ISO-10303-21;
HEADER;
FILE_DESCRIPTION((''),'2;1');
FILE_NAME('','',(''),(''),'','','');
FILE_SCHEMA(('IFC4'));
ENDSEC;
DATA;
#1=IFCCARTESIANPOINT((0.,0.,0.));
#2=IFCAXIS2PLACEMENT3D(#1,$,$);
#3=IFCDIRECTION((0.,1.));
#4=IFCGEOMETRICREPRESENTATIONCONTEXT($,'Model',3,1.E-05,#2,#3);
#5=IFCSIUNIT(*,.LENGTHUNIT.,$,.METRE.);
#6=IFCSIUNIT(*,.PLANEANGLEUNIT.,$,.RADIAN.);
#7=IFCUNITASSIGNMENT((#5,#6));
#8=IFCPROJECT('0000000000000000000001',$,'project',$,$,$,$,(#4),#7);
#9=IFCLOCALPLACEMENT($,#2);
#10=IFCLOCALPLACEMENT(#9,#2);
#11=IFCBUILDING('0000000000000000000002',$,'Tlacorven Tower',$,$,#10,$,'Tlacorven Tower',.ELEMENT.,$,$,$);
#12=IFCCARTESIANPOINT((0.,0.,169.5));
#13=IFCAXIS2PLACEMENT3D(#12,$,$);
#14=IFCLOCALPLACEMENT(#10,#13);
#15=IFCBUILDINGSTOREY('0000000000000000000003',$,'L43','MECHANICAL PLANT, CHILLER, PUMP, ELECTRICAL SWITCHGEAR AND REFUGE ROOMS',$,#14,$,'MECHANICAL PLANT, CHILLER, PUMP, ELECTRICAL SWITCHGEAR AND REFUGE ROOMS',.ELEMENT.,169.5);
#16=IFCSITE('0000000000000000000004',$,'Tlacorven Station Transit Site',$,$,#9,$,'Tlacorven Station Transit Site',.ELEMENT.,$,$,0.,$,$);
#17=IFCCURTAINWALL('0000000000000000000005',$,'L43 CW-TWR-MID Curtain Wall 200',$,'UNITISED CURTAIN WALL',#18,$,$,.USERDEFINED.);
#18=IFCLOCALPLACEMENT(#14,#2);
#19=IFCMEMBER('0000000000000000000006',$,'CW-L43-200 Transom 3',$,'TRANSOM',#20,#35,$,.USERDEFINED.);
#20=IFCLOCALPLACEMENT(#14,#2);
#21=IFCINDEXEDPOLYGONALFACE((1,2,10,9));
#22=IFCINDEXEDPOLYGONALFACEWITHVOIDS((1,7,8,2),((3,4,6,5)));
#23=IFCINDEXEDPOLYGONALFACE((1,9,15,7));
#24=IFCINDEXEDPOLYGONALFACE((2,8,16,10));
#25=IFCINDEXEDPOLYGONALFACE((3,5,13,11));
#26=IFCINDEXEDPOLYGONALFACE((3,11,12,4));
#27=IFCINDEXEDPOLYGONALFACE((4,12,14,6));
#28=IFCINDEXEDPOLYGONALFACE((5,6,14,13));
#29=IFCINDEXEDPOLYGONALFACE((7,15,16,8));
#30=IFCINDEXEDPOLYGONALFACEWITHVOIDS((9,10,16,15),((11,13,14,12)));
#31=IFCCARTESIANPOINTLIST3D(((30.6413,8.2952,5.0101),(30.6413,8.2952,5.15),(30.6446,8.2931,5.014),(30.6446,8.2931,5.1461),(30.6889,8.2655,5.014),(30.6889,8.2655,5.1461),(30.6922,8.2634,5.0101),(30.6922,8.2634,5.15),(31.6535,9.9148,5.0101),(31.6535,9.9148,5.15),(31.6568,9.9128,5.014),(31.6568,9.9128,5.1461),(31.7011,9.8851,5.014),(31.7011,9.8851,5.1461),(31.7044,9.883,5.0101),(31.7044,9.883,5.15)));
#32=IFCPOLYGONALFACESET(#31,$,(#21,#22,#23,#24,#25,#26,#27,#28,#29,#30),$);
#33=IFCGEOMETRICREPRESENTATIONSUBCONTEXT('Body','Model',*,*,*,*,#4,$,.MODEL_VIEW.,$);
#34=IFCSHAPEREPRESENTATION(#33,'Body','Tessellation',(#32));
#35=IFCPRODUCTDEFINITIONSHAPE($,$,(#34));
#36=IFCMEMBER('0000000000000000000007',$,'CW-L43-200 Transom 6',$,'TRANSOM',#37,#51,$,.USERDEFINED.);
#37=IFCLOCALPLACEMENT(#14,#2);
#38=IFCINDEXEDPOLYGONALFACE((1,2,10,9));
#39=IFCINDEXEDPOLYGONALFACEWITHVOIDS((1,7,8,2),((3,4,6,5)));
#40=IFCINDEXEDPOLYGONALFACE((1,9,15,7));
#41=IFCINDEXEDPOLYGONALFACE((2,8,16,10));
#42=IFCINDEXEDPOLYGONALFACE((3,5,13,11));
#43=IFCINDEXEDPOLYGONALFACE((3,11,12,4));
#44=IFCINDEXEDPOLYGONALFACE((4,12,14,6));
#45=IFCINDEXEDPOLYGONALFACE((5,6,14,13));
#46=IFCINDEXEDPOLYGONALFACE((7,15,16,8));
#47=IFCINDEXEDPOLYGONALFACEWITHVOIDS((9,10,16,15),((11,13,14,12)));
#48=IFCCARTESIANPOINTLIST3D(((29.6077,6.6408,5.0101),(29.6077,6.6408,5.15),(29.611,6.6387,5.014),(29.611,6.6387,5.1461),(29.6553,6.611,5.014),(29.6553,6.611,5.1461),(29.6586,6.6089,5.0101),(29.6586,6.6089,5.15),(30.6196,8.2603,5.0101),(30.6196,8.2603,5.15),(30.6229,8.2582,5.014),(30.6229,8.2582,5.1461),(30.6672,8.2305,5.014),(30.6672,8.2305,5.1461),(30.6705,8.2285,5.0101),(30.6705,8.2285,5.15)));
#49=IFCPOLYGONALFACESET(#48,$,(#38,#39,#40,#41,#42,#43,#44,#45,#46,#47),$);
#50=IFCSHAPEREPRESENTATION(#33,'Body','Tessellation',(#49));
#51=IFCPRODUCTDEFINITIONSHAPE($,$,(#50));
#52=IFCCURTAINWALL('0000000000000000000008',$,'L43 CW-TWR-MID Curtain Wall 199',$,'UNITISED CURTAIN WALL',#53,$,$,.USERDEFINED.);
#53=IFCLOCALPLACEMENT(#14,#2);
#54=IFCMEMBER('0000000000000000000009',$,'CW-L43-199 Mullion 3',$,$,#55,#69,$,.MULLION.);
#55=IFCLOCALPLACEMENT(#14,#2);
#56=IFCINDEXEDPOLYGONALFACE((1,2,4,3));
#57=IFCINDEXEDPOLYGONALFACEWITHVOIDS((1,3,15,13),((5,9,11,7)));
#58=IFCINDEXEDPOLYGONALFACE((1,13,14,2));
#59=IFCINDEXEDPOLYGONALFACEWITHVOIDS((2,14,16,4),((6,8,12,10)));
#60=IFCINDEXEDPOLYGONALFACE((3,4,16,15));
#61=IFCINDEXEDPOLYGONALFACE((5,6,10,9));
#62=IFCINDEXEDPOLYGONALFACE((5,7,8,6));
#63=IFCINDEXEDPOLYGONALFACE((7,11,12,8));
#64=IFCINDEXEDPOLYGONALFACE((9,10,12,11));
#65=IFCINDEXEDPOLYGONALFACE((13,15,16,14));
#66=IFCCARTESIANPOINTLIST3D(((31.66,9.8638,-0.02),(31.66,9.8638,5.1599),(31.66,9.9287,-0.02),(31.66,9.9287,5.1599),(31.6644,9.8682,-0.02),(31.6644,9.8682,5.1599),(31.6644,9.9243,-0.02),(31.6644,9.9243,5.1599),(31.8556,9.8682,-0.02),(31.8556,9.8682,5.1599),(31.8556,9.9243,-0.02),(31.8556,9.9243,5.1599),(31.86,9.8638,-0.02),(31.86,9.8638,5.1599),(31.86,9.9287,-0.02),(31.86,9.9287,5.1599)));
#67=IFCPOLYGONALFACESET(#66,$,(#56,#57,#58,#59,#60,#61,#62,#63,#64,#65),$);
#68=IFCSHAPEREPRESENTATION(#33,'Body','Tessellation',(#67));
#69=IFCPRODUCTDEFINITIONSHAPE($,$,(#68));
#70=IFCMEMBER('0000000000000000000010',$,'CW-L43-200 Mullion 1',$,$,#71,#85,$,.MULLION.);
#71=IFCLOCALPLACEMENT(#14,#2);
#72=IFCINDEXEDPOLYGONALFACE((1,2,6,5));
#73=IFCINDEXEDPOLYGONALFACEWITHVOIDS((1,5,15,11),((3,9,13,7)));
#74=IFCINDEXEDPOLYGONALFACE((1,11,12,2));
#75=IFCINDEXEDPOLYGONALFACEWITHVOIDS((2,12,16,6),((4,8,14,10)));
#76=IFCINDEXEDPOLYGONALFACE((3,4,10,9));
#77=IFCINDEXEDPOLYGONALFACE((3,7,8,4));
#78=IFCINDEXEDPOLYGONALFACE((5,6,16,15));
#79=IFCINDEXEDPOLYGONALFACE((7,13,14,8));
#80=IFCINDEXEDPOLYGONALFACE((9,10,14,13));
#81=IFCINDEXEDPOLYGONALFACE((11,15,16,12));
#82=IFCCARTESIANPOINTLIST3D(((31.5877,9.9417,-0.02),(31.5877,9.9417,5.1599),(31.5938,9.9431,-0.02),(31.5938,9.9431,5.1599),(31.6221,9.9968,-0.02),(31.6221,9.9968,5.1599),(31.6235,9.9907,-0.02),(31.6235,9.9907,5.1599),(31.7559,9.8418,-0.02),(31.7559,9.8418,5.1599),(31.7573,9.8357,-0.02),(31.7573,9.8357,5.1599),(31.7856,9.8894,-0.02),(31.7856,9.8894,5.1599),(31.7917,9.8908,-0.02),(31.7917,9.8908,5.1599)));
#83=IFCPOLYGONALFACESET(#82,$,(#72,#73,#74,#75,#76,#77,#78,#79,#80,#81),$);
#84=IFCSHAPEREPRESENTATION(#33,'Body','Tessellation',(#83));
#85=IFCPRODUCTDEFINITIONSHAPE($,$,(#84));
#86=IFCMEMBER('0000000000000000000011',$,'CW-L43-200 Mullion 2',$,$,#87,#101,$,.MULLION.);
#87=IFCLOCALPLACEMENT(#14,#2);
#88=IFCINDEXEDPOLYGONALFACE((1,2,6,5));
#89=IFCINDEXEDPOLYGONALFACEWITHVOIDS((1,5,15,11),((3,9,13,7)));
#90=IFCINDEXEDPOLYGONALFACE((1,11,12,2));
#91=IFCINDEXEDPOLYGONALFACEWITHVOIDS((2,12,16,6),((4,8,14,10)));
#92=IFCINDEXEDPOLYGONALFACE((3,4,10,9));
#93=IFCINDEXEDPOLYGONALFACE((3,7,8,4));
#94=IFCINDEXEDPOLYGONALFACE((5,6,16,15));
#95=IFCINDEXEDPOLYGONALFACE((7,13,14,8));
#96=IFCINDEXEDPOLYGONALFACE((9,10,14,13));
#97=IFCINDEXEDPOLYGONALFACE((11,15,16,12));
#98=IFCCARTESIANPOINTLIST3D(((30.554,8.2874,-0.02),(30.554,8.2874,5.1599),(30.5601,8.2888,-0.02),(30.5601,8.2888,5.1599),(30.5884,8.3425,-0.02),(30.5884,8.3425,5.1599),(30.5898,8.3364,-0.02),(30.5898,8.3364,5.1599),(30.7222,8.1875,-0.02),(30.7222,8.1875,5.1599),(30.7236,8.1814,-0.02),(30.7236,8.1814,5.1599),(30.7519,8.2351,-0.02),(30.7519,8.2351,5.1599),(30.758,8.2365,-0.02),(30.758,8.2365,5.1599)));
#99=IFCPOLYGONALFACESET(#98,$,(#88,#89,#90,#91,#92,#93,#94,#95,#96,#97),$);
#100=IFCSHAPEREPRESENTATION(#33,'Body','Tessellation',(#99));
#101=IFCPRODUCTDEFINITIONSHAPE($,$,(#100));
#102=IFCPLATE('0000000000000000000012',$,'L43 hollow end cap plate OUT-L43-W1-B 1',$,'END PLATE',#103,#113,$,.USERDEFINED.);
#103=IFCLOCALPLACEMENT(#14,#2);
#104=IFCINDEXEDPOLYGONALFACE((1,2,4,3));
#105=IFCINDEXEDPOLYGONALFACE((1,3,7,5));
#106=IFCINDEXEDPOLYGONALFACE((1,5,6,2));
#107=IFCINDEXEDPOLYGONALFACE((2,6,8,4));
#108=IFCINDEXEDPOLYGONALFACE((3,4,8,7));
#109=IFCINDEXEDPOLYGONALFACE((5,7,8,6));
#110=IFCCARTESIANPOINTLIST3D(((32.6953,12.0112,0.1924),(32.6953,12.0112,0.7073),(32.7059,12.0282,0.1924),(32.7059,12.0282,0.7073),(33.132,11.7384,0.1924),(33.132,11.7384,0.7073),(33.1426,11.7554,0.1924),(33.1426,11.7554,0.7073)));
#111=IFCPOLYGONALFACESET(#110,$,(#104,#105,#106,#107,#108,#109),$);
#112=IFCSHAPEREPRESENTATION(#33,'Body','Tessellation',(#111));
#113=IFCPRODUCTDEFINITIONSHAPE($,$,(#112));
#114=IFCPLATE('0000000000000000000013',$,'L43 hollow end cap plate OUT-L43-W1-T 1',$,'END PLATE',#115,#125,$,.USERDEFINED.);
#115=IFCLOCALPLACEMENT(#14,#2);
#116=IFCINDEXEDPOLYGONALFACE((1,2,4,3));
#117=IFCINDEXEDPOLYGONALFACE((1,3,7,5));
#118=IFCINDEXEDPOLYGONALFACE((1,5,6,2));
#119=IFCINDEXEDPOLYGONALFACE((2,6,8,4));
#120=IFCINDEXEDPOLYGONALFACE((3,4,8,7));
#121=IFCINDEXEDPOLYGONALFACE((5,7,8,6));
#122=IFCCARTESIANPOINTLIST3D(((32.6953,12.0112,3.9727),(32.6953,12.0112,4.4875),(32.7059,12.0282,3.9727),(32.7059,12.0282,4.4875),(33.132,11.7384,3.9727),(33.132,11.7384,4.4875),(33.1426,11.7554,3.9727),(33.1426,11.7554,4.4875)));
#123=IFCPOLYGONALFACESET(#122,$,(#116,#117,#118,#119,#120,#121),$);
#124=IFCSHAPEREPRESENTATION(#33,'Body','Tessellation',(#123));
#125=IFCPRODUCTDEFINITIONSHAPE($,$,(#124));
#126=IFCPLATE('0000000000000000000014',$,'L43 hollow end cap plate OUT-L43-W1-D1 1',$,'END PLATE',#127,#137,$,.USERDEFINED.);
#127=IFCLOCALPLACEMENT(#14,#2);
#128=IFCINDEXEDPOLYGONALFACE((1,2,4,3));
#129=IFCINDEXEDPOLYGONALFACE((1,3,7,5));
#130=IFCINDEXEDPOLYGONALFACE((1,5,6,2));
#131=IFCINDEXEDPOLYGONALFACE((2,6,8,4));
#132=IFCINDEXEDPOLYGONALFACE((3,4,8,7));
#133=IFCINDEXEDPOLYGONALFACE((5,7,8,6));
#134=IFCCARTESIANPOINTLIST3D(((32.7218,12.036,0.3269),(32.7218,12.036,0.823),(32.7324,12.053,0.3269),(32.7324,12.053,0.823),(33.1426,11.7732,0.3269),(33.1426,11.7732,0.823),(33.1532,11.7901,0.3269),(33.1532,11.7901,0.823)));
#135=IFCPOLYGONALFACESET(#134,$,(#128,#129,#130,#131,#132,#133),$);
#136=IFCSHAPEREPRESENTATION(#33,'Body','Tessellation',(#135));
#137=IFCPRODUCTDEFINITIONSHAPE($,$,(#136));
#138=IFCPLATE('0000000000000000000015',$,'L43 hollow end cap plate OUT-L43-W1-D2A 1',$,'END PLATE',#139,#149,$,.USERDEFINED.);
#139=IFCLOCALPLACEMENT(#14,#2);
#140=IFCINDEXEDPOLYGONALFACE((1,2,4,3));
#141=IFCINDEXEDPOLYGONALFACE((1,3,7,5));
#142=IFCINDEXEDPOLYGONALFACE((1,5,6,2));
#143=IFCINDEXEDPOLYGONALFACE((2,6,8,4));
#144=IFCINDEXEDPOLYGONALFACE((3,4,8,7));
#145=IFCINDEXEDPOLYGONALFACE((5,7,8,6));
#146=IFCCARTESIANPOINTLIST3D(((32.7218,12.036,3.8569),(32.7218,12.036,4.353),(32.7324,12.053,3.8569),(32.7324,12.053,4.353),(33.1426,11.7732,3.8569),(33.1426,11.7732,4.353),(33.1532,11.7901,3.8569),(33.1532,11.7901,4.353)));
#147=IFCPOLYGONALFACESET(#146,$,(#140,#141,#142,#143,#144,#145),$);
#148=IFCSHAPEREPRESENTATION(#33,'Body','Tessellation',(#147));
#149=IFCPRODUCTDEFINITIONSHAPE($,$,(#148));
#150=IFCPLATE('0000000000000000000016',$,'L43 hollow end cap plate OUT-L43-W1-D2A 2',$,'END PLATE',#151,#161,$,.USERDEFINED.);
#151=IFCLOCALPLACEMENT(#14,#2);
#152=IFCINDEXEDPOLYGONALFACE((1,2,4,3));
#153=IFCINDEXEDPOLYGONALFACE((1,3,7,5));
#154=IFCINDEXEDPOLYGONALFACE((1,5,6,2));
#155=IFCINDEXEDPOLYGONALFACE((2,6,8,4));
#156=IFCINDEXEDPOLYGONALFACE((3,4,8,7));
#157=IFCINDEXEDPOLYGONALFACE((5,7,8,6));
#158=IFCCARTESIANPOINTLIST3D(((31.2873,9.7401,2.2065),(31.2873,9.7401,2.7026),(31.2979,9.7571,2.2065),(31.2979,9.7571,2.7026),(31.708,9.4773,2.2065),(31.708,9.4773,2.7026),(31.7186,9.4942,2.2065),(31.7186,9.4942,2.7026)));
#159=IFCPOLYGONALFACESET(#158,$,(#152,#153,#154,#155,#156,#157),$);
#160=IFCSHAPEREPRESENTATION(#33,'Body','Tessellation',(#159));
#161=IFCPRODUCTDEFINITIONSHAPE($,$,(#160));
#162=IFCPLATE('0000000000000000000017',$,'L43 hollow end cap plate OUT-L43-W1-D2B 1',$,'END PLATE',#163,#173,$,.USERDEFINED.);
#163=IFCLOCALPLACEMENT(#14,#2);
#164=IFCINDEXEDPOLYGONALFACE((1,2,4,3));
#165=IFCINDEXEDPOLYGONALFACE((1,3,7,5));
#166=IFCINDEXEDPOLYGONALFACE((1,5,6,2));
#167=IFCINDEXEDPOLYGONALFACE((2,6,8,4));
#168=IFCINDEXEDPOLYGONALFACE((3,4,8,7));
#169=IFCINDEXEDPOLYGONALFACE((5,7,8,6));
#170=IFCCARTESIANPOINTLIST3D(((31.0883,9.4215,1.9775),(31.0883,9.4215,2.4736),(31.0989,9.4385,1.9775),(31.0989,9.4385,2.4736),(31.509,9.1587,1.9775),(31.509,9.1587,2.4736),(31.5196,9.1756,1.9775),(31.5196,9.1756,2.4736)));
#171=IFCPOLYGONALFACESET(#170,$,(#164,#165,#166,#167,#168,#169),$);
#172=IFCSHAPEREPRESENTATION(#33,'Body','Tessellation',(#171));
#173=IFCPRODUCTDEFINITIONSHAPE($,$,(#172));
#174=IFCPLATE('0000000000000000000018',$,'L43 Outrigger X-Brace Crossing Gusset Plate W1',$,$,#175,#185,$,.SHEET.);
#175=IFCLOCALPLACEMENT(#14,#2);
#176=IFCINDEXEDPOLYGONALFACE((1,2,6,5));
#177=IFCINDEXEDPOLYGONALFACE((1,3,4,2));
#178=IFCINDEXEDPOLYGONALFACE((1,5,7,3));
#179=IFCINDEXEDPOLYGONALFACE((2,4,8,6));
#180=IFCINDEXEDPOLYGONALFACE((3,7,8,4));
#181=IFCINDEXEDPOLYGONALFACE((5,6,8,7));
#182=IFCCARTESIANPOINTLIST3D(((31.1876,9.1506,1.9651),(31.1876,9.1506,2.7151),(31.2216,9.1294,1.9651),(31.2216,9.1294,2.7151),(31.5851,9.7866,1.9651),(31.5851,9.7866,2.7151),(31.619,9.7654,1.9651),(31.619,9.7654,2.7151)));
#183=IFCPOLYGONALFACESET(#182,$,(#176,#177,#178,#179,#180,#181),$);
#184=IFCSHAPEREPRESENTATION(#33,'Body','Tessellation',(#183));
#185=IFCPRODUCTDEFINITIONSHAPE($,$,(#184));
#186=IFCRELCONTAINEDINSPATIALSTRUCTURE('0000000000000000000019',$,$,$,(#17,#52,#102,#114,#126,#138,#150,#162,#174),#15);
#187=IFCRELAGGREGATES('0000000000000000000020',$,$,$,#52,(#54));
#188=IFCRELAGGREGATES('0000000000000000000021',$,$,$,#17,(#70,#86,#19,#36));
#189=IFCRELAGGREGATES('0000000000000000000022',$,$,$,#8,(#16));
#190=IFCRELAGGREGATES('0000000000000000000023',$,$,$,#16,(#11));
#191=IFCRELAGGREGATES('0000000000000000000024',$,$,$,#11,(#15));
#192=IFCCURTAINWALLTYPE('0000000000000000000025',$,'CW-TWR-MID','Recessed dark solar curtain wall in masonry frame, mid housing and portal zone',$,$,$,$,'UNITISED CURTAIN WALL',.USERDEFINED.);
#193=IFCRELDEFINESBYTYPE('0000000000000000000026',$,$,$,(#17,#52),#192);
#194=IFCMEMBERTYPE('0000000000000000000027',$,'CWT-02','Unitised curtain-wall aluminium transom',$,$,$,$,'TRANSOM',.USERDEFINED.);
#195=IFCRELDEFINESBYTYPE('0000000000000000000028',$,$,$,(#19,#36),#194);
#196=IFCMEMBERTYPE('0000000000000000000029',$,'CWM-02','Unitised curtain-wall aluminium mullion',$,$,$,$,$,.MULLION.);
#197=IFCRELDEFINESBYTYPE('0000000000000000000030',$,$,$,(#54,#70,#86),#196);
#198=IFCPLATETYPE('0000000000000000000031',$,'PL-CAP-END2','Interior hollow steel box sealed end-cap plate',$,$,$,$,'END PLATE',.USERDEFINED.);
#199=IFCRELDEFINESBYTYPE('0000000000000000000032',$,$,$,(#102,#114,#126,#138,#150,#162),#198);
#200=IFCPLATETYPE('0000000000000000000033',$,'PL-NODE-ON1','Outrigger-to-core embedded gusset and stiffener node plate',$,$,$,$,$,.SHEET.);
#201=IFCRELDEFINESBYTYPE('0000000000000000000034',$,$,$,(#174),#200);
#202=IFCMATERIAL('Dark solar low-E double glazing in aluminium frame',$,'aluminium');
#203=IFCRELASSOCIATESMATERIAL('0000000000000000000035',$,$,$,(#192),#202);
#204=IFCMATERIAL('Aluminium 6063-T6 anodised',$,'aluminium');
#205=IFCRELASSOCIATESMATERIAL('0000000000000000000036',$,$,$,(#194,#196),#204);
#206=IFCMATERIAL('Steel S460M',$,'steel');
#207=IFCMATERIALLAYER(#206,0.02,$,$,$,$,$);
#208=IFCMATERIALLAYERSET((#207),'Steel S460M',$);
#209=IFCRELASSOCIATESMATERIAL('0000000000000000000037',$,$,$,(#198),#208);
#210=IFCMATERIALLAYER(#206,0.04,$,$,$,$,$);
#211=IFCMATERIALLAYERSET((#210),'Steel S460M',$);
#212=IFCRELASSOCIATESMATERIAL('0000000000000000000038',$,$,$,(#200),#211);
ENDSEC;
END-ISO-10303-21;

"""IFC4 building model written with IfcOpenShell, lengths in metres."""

from ifc_helpers import new_model, si_unit, direction, frame, origin, origin_2d, place, context, subcontext, project, spatial, rectangle, hollow_rectangle, extrude, source, transform, mapped, material, layer, layer_set, material_profile, profile_set, type_object, element, aggregate, save


model = new_model("IFC4")

# Units and contexts
model_context = context("Model", 3, precision=1e-05, world=origin(), true_north=direction((0.0, 1.0)))
body_context = subcontext(model_context, "Body", "Model", "MODEL_VIEW")
ifc_project = project(units=[si_unit("LENGTHUNIT", "METRE"), si_unit("PLANEANGLEUNIT", "RADIAN")], contexts=[model_context])

# Site, building, storey
site_placement = place(None, origin())
site = spatial("IfcSite", under=ifc_project, at=site_placement, Name="Tlacorven Station Transit Site", LongName="Tlacorven Station Transit Site", CompositionType="ELEMENT", RefElevation=0.0)
building_placement = place(site_placement, origin())
building = spatial("IfcBuilding", under=site, at=building_placement, Name="Tlacorven Tower", LongName="Tlacorven Tower", CompositionType="ELEMENT")
storey_placement = place(building_placement, frame((0.0, 0.0, 169.5)))
storey = spatial("IfcBuildingStorey", under=building, at=storey_placement, Name="L43", Description="MECHANICAL PLANT, CHILLER, PUMP, ELECTRICAL SWITCHGEAR AND REFUGE ROOMS", LongName="MECHANICAL PLANT, CHILLER, PUMP, ELECTRICAL SWITCHGEAR AND REFUGE ROOMS", CompositionType="ELEMENT", Elevation=169.5)

# Shared definitions
ifc_material_1 = material(Name="Steel S460M", Category="steel")

# Curtain wall, members
ifc_material_2 = material(Name="Dark solar low-E double glazing in aluminium frame", Category="aluminium")
curtain_wall_type = type_object("IfcCurtainWallType", Name="CW-TWR-MID", Description="Recessed dark solar curtain wall in masonry frame, mid housing and portal zone", ElementType="UNITISED CURTAIN WALL", PredefinedType="USERDEFINED", material=ifc_material_2)
curtain_wall_1_placement = place(storey_placement, origin())
curtain_wall_1 = element("IfcCurtainWall", 1, at=curtain_wall_1_placement, inside=storey, type_object=curtain_wall_type, Name="L43 CW-TWR-MID Curtain Wall 200", ObjectType="UNITISED CURTAIN WALL", PredefinedType="USERDEFINED")
ifc_material_3 = material(Name="Aluminium 6063-T6 anodised", Category="aluminium")
ifc_material_profile_1 = material_profile(ifc_material_3, hollow_rectangle(XDim=0.0601, YDim=0.1399, WallThickness=0.0039, at=origin_2d()), Name="ALU TRANSOM 60X140")
ifc_profile_set_1 = profile_set([ifc_material_profile_1], Name="Aluminium 6063-T6 anodised")
member_type_1 = type_object("IfcMemberType", Name="CWT-02", Description="Unitised curtain-wall aluminium transom", ElementType="TRANSOM", PredefinedType="USERDEFINED", material=ifc_profile_set_1)
shared_shape_1 = source(origin(), body_context, "Body", "SweptSolid", [
    extrude(hollow_rectangle(XDim=0.0601, YDim=0.1399, WallThickness=0.0039, at=origin_2d()), origin(), (0.0, 0.0, 1.0), 1.9099),
])
member_1_placement = place(storey_placement, frame((31.679, 9.8989, 5.0801), z_axis=(-0.529976, -0.848013, 0.0), x_axis=(0.848013, -0.529976, 0.0)))
member_1 = element("IfcMember", 2, at=member_1_placement, type_object=member_type_1, Name="CW-L43-200 Transom 3", ObjectType="TRANSOM", PredefinedType="USERDEFINED", context=body_context, shape_type="MappedRepresentation", body=[
    mapped(shared_shape_1, transform((0.0, 0.0, 0.0), scale=1.0)),
])
shared_shape_2 = source(origin(), body_context, "Body", "SweptSolid", [
    extrude(hollow_rectangle(XDim=0.0601, YDim=0.1399, WallThickness=0.0039, at=origin_2d()), origin(), (0.0, 0.0, 1.0), 1.9097),
])
member_2_placement = place(storey_placement, frame((30.645, 8.2444, 5.0801), z_axis=(-0.529884, -0.84807, 0.0), x_axis=(0.84807, -0.529884, 0.0)))
member_2 = element("IfcMember", 3, at=member_2_placement, type_object=member_type_1, Name="CW-L43-200 Transom 6", ObjectType="TRANSOM", PredefinedType="USERDEFINED", context=body_context, shape_type="MappedRepresentation", body=[
    mapped(shared_shape_2, transform((0.0, 0.0, 0.0), scale=1.0)),
])

# Curtain wall, member
curtain_wall_2_placement = place(storey_placement, origin())
curtain_wall_2 = element("IfcCurtainWall", 4, at=curtain_wall_2_placement, inside=storey, type_object=curtain_wall_type, Name="L43 CW-TWR-MID Curtain Wall 199", ObjectType="UNITISED CURTAIN WALL", PredefinedType="USERDEFINED")
ifc_material_profile_2 = material_profile(ifc_material_3, hollow_rectangle(XDim=0.0649, YDim=0.2, WallThickness=0.0044, at=origin_2d()), Name="ALU MULLION 65X200")
ifc_profile_set_2 = profile_set([ifc_material_profile_2], Name="Aluminium 6063-T6 anodised")
member_type_2 = type_object("IfcMemberType", Name="CWM-02", Description="Unitised curtain-wall aluminium mullion", PredefinedType="MULLION", material=ifc_profile_set_2)
shared_shape_3 = source(origin(), body_context, "Body", "SweptSolid", [
    extrude(hollow_rectangle(XDim=0.0649, YDim=0.2, WallThickness=0.0044, at=origin_2d()), origin(), (0.0, 0.0, 1.0), 5.1799),
])
member_3_placement = place(storey_placement, frame((31.76, 9.8962, -0.02), z_axis=(0.0, 0.0, 1.0), x_axis=(0.0, 1.0, 0.0)))
member_3 = element("IfcMember", 5, at=member_3_placement, type_object=member_type_2, Name="CW-L43-199 Mullion 3", PredefinedType="MULLION", context=body_context, shape_type="MappedRepresentation", body=[
    mapped(shared_shape_3, transform((0.0, 0.0, 0.0), scale=1.0)),
])

# Members
member_4_placement = place(storey_placement, frame((31.6897, 9.9163, -0.02), z_axis=(0.0, 0.0, 1.0), x_axis=(-0.529919, -0.848048, 0.0)))
member_4 = element("IfcMember", 6, at=member_4_placement, type_object=member_type_2, Name="CW-L43-200 Mullion 1", PredefinedType="MULLION", context=body_context, shape_type="MappedRepresentation", body=[
    mapped(shared_shape_3, transform((0.0, 0.0, 0.0), scale=1.0)),
])
member_5_placement = place(storey_placement, frame((30.656, 8.262, -0.02), z_axis=(0.0, 0.0, 1.0), x_axis=(-0.529919, -0.848048, 0.0)))
member_5 = element("IfcMember", 7, at=member_5_placement, type_object=member_type_2, Name="CW-L43-200 Mullion 2", PredefinedType="MULLION", context=body_context, shape_type="MappedRepresentation", body=[
    mapped(shared_shape_3, transform((0.0, 0.0, 0.0), scale=1.0)),
])

# Plates
ifc_layer_1 = layer(ifc_material_1, 0.02)
ifc_layer_set_1 = layer_set([ifc_layer_1], Name="Steel S460M")
plate_type_1 = type_object("IfcPlateType", Name="PL-CAP-END2", Description="Interior hollow steel box sealed end-cap plate", ElementType="END PLATE", PredefinedType="USERDEFINED", material=ifc_layer_set_1)
shared_shape_4 = source(origin(), body_context, "Body", "SweptSolid", [
    extrude(rectangle(XDim=0.02, YDim=0.5149, at=origin_2d()), origin(), (0.0, 0.0, 1.0), 0.5149),
])
for number, where, z_axis, x_axis, name in (
    (8, (32.9189, 11.8833, 0.1924), (0.0, 0.0, 1.0), (-0.529919, -0.848048, 0.0), "L43 hollow end cap plate OUT-L43-W1-B 1"),
    (9, (32.9189, 11.8833, 3.9727), (0.0, 0.0, 1.0), (-0.529919, -0.848048, 0.0), "L43 hollow end cap plate OUT-L43-W1-T 1"),
):
    element("IfcPlate", number, at=place(storey_placement, frame(where, z_axis=z_axis, x_axis=x_axis)), inside=storey, type_object=plate_type_1, Name=name, ObjectType="END PLATE", PredefinedType="USERDEFINED", context=body_context, shape_type="MappedRepresentation", body=[
        mapped(shared_shape_4, transform((0.0, 0.0, 0.0), scale=1.0)),
    ])
shared_shape_5 = source(origin(), body_context, "Body", "SweptSolid", [
    extrude(rectangle(XDim=0.02, YDim=0.4961, at=origin_2d()), origin(), (0.0, 0.0, 1.0), 0.4961),
])
for number, where, z_axis, x_axis, name in (
    (10, (32.9375, 11.9131, 0.3269), (0.0, 0.0, 1.0), (-0.529919, -0.848048, 0.0), "L43 hollow end cap plate OUT-L43-W1-D1 1"),
    (11, (32.9375, 11.9131, 3.8569), (0.0, 0.0, 1.0), (-0.529918, -0.848049, 0.0), "L43 hollow end cap plate OUT-L43-W1-D2A 1"),
    (12, (31.5029, 9.6172, 2.2065), (0.0, 0.0, 1.0), (-0.529918, -0.848049, 0.0), "L43 hollow end cap plate OUT-L43-W1-D2A 2"),
    (13, (31.304, 9.2986, 1.9775), (0.0, 0.0, 1.0), (-0.52992, -0.848048, 0.0), "L43 hollow end cap plate OUT-L43-W1-D2B 1"),
):
    element("IfcPlate", number, at=place(storey_placement, frame(where, z_axis=z_axis, x_axis=x_axis)), inside=storey, type_object=plate_type_1, Name=name, ObjectType="END PLATE", PredefinedType="USERDEFINED", context=body_context, shape_type="MappedRepresentation", body=[
        mapped(shared_shape_5, transform((0.0, 0.0, 0.0), scale=1.0)),
    ])
ifc_layer_2 = layer(ifc_material_1, 0.04)
ifc_layer_set_2 = layer_set([ifc_layer_2], Name="Steel S460M")
plate_type_2 = type_object("IfcPlateType", Name="PL-NODE-ON1", Description="Outrigger-to-core embedded gusset and stiffener node plate", PredefinedType="SHEET", material=ifc_layer_set_2)
shared_shape_6 = source(origin(), body_context, "Body", "SweptSolid", [
    extrude(rectangle(XDim=0.75, YDim=0.04, at=origin_2d()), origin(), (0.0, 0.0, 1.0), 0.75),
])
plate_1_placement = place(storey_placement, frame((31.4033, 9.458, 1.9651), z_axis=(0.0, 0.0, 1.0), x_axis=(-0.529919, -0.848048, 0.0)))
element("IfcPlate", 14, at=plate_1_placement, inside=storey, type_object=plate_type_2, Name="L43 Outrigger X-Brace Crossing Gusset Plate W1", PredefinedType="SHEET", context=body_context, shape_type="MappedRepresentation", body=[
    mapped(shared_shape_6, transform((0.0, 0.0, 0.0), scale=1.0)),
])

aggregate(curtain_wall_2, [member_3])
aggregate(curtain_wall_1, [member_4, member_5, member_1, member_2])

save(model, "model.ifc")
